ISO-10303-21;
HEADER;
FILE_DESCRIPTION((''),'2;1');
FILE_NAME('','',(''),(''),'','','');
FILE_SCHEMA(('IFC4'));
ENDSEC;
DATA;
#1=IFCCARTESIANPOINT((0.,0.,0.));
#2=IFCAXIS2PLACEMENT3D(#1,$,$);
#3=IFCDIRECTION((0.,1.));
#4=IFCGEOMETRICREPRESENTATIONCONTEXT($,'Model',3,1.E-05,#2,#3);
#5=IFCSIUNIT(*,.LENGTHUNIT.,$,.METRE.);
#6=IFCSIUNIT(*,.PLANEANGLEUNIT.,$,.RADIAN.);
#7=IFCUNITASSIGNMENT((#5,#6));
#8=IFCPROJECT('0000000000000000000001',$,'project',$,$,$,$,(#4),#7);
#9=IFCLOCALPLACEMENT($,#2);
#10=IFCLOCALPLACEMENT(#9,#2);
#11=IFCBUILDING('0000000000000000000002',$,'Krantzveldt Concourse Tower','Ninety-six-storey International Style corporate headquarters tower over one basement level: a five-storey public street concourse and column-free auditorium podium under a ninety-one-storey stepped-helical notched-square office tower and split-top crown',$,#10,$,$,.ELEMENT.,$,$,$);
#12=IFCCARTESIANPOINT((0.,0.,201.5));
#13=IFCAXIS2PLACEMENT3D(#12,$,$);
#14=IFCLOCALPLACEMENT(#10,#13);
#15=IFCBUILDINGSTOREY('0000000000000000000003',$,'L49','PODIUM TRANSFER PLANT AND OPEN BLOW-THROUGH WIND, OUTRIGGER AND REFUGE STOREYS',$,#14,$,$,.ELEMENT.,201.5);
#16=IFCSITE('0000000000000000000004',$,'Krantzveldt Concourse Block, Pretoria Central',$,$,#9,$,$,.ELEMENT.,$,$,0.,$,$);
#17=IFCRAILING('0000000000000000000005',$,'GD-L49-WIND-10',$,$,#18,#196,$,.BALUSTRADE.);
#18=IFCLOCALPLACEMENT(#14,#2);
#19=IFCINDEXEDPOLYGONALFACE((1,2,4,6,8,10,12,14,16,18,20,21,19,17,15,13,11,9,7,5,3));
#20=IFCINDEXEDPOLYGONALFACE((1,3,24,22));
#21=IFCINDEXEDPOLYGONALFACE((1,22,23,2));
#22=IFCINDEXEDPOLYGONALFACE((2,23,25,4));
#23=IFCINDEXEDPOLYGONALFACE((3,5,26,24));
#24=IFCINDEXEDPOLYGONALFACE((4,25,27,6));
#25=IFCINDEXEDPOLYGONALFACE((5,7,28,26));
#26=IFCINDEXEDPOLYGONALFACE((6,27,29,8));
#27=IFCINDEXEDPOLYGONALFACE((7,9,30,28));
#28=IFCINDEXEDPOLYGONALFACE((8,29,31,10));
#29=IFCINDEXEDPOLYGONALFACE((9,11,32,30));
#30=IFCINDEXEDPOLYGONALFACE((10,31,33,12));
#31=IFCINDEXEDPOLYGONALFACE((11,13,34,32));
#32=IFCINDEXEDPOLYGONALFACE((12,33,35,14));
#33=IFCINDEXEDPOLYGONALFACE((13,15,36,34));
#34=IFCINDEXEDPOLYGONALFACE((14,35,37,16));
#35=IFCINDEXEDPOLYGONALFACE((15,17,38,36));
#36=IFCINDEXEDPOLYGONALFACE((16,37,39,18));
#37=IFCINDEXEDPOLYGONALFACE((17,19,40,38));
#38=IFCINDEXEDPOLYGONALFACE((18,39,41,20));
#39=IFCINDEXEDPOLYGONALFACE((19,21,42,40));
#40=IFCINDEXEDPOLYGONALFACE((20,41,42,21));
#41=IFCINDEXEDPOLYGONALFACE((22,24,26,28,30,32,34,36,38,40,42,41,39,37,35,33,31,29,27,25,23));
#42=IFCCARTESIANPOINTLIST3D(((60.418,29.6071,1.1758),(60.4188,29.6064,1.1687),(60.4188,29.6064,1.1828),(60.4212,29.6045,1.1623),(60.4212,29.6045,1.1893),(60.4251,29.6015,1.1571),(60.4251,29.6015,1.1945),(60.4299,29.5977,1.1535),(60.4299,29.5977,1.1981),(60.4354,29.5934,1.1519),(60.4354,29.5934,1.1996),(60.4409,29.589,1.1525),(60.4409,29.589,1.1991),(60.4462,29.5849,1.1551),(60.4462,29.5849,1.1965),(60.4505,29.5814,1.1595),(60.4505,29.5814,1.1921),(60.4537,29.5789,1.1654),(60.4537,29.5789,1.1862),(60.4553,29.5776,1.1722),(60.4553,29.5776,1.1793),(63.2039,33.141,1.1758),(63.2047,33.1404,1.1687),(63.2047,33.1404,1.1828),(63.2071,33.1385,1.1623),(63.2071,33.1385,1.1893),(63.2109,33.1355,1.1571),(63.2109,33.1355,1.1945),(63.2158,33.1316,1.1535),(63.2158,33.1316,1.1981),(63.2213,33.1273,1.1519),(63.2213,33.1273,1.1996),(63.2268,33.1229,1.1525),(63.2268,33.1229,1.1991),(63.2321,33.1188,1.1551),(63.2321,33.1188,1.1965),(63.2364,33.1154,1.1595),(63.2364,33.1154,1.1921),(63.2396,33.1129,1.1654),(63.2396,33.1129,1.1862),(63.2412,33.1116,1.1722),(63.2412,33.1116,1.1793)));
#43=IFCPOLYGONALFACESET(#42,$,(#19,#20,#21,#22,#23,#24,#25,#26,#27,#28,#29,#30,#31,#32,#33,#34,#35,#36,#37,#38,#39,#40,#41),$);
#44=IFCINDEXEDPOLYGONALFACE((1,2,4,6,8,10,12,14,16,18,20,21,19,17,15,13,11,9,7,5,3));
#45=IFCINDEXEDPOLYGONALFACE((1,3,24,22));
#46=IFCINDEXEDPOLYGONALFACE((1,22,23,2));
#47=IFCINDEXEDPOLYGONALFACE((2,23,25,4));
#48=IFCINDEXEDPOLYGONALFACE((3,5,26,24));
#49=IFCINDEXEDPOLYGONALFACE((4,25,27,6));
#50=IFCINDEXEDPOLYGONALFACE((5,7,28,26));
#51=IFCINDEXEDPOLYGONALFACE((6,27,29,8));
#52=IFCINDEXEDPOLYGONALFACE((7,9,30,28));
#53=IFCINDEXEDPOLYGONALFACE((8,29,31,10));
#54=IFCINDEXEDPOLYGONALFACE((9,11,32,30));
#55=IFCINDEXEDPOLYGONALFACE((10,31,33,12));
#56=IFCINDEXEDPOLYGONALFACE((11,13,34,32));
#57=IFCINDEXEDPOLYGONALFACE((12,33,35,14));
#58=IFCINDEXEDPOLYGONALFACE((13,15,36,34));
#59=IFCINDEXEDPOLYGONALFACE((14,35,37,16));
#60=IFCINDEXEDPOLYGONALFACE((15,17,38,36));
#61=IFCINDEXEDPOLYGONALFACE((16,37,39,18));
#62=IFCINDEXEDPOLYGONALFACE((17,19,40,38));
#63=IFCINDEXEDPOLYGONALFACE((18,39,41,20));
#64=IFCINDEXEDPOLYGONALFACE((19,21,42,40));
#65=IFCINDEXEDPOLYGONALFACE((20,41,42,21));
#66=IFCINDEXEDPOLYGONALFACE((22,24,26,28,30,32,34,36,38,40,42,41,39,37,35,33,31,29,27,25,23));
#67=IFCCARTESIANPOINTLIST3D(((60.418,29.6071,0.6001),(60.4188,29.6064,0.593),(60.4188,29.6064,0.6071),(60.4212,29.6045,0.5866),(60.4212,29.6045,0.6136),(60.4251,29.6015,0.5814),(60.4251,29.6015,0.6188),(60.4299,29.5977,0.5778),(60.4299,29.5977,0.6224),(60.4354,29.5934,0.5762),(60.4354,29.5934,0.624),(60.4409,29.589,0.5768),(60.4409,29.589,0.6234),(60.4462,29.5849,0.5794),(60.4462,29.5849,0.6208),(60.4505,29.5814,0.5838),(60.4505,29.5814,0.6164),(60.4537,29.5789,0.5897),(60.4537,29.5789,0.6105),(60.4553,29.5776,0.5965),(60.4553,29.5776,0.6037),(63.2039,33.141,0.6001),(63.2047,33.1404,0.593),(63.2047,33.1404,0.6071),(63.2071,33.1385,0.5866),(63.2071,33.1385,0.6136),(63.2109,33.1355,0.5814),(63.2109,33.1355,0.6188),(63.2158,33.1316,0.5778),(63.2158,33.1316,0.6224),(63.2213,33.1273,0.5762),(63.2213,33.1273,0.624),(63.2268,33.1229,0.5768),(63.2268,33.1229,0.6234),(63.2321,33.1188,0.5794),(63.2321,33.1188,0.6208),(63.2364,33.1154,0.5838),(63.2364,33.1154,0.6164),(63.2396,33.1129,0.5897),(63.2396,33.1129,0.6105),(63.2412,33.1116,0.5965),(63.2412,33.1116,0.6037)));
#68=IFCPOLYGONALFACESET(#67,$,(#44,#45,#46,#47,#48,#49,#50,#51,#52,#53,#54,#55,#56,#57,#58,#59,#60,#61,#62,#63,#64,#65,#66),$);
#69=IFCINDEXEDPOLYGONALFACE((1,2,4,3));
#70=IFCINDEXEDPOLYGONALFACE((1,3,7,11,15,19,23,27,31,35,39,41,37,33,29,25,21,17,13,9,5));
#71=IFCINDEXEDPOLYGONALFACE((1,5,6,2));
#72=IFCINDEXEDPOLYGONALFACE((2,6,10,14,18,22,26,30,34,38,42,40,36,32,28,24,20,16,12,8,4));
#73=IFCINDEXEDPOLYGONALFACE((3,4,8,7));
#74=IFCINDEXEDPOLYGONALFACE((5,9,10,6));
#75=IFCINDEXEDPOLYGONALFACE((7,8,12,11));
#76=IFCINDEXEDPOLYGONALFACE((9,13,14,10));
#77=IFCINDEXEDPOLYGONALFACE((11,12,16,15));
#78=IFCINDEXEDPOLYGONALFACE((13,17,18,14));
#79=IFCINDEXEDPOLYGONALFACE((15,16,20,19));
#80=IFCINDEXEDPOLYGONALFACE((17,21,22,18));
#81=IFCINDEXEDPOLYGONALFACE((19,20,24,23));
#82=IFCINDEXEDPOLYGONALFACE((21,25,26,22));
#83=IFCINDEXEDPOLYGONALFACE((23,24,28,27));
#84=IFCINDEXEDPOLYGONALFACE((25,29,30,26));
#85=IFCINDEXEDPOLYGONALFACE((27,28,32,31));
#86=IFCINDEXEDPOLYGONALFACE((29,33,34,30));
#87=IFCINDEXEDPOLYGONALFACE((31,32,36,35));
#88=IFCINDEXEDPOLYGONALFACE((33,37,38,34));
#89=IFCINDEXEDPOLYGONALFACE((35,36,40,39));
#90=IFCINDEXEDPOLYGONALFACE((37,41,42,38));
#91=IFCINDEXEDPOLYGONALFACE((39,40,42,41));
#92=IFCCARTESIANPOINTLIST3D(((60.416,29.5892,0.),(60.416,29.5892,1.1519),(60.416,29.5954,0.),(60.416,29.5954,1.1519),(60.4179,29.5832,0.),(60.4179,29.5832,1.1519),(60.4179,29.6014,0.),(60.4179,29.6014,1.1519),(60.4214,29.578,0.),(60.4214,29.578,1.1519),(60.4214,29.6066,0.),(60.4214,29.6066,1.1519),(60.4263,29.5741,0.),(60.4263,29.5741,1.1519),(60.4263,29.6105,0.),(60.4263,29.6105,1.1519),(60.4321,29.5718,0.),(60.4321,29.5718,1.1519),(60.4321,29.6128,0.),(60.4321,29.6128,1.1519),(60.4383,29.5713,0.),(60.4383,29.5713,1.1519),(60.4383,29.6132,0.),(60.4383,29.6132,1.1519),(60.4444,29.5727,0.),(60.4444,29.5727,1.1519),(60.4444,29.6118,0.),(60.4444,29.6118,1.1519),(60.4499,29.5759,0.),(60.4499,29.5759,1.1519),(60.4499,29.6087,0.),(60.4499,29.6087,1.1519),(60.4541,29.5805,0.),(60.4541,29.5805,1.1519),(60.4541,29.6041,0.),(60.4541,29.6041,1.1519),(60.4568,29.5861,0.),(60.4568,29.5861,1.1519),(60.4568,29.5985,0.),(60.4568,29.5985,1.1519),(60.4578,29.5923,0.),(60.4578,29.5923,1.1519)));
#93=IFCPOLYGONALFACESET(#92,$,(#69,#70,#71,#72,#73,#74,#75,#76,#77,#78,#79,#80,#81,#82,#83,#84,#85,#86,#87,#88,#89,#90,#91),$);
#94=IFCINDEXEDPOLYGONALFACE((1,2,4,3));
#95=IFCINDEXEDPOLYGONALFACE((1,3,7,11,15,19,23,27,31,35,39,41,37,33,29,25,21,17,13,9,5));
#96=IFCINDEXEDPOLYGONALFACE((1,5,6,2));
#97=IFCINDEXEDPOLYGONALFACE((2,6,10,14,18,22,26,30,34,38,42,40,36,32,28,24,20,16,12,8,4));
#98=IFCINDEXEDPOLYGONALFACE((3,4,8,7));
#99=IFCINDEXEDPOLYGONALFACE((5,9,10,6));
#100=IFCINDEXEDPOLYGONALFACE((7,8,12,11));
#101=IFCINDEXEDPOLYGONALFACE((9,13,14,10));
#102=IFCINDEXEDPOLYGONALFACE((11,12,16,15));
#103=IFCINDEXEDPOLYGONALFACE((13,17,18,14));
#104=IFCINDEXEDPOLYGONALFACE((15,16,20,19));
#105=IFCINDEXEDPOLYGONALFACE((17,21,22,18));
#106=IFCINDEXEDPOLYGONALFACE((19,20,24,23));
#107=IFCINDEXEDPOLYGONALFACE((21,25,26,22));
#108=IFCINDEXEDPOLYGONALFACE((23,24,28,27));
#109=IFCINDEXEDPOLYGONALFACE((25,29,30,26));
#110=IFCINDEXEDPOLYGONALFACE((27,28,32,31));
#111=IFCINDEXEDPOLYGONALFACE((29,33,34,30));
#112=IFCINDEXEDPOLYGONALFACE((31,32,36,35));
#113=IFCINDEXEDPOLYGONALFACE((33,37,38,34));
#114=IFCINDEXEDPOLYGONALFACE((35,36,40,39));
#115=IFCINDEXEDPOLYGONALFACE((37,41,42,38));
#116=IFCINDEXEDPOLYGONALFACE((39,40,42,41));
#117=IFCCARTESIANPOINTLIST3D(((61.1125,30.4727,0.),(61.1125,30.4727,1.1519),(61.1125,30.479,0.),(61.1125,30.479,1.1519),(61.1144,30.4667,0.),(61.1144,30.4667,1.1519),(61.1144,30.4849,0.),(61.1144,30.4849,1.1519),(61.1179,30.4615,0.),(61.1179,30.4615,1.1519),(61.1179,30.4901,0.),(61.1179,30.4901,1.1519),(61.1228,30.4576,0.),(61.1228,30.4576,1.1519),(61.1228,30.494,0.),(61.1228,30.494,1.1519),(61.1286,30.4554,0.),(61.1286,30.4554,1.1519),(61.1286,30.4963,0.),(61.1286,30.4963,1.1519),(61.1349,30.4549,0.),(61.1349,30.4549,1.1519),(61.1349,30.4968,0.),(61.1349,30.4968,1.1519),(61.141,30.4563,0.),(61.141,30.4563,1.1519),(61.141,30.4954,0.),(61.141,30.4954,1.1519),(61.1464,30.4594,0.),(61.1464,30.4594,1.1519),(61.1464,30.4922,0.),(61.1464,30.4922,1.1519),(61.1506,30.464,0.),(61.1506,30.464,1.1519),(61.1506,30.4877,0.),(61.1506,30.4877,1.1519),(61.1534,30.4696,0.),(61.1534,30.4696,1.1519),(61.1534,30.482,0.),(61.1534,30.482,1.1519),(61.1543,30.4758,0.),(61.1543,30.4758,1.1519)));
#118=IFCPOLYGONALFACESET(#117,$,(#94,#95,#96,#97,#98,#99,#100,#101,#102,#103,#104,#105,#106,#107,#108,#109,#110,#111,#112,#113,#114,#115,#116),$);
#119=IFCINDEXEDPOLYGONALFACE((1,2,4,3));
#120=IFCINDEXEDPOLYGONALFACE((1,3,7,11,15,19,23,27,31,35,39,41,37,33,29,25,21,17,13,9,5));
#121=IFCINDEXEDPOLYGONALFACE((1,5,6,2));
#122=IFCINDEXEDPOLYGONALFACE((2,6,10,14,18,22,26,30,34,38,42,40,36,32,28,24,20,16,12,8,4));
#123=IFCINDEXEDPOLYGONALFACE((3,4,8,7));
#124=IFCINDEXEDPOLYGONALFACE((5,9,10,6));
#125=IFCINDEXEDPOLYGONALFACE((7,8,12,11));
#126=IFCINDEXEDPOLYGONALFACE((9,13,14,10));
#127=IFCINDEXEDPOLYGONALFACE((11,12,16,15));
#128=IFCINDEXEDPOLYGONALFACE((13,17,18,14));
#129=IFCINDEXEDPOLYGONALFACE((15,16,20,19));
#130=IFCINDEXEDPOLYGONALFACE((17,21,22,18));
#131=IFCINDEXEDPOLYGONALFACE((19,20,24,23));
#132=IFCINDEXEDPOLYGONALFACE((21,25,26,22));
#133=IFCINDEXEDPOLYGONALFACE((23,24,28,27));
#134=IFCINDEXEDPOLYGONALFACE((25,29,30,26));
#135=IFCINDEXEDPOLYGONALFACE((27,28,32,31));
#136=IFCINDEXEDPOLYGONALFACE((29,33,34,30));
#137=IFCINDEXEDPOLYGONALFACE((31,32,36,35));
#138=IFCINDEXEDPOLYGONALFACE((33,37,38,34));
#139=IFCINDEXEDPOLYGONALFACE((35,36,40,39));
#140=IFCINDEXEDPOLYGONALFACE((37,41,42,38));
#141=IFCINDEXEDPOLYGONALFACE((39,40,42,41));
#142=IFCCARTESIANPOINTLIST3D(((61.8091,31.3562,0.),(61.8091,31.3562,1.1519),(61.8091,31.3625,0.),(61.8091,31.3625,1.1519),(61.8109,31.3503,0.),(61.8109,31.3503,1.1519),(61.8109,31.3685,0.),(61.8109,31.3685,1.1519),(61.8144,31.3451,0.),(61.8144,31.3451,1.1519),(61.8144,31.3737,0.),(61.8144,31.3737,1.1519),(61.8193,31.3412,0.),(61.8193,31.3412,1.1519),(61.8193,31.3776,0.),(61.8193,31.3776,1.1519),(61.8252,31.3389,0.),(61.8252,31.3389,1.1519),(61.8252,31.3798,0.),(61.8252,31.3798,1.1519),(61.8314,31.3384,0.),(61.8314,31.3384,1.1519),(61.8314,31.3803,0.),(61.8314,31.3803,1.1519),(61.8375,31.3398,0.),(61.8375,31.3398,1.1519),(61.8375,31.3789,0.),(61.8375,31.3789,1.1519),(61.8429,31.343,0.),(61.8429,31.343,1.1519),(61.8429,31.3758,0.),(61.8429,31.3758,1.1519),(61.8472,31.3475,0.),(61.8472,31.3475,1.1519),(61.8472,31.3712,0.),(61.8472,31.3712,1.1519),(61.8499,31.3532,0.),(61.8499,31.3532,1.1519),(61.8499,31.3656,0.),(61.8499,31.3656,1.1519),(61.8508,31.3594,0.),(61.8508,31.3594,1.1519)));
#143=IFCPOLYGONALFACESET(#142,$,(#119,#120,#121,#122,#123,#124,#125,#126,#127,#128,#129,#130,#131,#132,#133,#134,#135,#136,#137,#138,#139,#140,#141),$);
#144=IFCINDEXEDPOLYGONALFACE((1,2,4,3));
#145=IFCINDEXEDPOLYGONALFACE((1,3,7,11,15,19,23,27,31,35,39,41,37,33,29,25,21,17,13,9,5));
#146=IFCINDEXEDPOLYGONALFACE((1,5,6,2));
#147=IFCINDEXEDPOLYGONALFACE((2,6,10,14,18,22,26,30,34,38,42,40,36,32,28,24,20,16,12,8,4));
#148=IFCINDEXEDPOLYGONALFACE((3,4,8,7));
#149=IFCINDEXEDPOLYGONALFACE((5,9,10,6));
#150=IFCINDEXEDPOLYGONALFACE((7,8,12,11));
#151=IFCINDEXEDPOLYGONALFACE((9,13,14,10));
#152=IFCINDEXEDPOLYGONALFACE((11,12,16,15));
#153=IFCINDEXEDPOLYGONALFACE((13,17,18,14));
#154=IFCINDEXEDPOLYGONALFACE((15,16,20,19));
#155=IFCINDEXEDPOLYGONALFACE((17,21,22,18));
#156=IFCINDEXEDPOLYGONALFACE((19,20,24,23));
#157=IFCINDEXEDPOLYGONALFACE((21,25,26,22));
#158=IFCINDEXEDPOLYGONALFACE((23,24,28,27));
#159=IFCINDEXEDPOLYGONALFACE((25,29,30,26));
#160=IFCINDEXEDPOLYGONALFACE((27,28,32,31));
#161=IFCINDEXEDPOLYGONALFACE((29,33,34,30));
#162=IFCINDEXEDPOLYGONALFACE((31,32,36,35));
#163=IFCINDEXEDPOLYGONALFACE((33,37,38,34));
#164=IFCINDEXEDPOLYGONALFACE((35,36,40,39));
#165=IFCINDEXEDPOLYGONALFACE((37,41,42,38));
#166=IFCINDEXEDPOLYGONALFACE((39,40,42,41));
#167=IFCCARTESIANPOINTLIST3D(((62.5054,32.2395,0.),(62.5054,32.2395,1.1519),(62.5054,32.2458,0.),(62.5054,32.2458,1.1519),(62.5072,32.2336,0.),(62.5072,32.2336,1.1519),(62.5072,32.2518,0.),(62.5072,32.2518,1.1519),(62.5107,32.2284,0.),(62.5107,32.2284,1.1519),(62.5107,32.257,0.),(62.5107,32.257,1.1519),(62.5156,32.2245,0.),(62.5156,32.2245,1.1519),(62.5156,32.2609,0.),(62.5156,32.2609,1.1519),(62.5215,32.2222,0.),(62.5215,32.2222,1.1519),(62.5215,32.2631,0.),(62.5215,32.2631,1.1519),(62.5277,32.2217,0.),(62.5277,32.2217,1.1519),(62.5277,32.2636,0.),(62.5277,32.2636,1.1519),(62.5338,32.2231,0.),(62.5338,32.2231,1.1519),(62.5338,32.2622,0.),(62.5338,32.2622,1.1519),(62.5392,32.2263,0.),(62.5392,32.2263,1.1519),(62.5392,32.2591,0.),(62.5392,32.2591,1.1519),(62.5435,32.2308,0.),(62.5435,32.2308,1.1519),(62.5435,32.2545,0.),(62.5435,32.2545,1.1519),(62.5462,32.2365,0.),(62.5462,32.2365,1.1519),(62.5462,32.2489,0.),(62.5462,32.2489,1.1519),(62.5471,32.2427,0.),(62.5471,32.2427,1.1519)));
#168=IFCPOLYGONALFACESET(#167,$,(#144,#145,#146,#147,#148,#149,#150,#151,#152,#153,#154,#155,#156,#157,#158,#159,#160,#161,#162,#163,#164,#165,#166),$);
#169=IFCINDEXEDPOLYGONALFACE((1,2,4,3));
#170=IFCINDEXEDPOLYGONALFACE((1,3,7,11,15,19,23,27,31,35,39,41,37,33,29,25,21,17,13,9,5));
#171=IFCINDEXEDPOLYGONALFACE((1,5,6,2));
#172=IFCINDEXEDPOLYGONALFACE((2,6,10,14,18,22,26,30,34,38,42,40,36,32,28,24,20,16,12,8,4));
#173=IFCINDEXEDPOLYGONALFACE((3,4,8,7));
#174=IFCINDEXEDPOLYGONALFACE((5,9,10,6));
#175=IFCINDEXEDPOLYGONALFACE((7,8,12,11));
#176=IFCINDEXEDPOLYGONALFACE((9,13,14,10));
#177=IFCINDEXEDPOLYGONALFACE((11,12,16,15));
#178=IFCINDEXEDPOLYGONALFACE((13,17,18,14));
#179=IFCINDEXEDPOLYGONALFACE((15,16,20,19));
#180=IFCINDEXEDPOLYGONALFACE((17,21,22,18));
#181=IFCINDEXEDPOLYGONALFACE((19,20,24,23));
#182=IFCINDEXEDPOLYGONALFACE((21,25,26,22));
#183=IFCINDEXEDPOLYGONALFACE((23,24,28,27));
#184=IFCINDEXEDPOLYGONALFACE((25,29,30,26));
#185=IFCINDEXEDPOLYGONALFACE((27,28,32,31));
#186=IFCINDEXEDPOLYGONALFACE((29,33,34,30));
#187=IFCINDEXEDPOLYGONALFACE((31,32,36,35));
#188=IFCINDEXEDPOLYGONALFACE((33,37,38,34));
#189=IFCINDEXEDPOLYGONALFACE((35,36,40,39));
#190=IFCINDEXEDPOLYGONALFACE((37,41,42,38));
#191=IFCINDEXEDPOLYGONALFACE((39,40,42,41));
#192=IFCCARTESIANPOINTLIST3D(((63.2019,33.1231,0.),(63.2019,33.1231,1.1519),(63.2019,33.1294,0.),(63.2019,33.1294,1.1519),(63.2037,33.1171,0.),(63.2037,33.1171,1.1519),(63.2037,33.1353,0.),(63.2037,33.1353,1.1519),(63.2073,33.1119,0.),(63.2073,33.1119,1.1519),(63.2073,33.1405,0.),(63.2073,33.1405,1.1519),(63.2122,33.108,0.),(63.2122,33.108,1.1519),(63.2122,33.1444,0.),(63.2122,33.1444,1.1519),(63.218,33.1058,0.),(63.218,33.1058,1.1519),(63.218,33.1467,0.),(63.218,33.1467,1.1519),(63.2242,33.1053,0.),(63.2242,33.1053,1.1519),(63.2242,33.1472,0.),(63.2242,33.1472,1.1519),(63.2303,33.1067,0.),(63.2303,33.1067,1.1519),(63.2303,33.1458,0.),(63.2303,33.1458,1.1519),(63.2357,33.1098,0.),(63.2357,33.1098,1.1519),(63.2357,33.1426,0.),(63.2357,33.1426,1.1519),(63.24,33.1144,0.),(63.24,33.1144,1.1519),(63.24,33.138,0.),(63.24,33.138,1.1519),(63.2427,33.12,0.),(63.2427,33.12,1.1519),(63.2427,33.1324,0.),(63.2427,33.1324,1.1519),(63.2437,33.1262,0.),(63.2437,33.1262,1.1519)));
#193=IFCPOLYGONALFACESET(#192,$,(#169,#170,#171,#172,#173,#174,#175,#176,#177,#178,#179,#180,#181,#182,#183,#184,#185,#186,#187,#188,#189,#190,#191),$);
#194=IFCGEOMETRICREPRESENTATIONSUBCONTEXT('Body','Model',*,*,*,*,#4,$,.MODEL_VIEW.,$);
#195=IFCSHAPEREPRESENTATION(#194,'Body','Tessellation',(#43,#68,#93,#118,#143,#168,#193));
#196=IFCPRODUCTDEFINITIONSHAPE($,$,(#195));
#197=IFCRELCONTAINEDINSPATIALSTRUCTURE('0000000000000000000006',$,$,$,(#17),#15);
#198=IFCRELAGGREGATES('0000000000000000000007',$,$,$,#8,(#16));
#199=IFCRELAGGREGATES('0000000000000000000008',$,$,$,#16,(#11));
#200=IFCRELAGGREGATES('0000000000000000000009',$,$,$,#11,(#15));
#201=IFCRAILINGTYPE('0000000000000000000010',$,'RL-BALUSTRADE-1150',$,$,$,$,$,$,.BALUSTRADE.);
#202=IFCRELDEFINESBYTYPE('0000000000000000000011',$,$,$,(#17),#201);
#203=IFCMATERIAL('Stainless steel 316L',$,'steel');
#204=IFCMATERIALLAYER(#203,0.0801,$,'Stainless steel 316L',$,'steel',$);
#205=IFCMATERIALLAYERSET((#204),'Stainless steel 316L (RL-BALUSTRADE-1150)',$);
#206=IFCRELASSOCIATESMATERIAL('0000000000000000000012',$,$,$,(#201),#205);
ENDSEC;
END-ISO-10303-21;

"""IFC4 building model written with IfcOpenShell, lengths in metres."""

from ifc_helpers import new_model, si_unit, direction, frame, origin, origin_2d, place, context, subcontext, project, spatial, circle, extrude, material, layer, layer_set, type_object, element, save


model = new_model("IFC4")

# Units and contexts
model_context = context("Model", 3, precision=1e-05, world=origin(), true_north=direction((0.0, 1.0)))
body_context = subcontext(model_context, "Body", "Model", "MODEL_VIEW")
ifc_project = project(units=[si_unit("LENGTHUNIT", "METRE"), si_unit("PLANEANGLEUNIT", "RADIAN")], contexts=[model_context])

# Site, building, storey
site_placement = place(None, origin())
site = spatial("IfcSite", under=ifc_project, at=site_placement, Name="Krantzveldt Concourse Block, Pretoria Central", CompositionType="ELEMENT", RefElevation=0.0)
building_placement = place(site_placement, origin())
building = spatial("IfcBuilding", under=site, at=building_placement, Name="Krantzveldt Concourse Tower", Description="Ninety-six-storey International Style corporate headquarters tower over one basement level: a five-storey public street concourse and column-free auditorium podium under a ninety-one-storey stepped-helical notched-square office tower and split-top crown", CompositionType="ELEMENT")
storey_placement = place(building_placement, frame((0.0, 0.0, 201.5)))
storey = spatial("IfcBuildingStorey", under=building, at=storey_placement, Name="L49", Description="PODIUM TRANSFER PLANT AND OPEN BLOW-THROUGH WIND, OUTRIGGER AND REFUGE STOREYS", CompositionType="ELEMENT", Elevation=201.5)

# Railing
ifc_material_1 = material(Name="Stainless steel 316L", Category="steel")
ifc_layer_1 = layer(ifc_material_1, 0.0801, Name="Stainless steel 316L", Category="steel")
ifc_layer_set_1 = layer_set([ifc_layer_1], Name="Stainless steel 316L (RL-BALUSTRADE-1150)")
railing_type = type_object("IfcRailingType", Name="RL-BALUSTRADE-1150", PredefinedType="BALUSTRADE", material=ifc_layer_set_1)
railing_1_placement = place(storey_placement, frame((60.4368, 29.5923, 0.0)))
element("IfcRailing", 1, at=railing_1_placement, inside=storey, type_object=railing_type, Name="GD-L49-WIND-10", PredefinedType="BALUSTRADE", context=body_context, shape_type="SweptSolid", body=[
    extrude(circle(Radius=0.0239, at=origin_2d()), frame((0.0, 0.0, 1.1758), z_axis=(0.619088, 0.785321, 0.0), x_axis=(-0.785321, 0.619088, 0.0)), (0.0, 0.0, 1.0), 4.5),
    extrude(circle(Radius=0.0239, at=origin_2d()), frame((0.0, 0.0, 0.6001), z_axis=(0.619088, 0.785321, 0.0), x_axis=(-0.785321, 0.619088, 0.0)), (0.0, 0.0, 1.0), 4.5),
    extrude(circle(Radius=0.021, at=origin_2d()), origin(), (0.0, 0.0, 1.0), 1.1519),
    extrude(circle(Radius=0.021, at=origin_2d()), frame((0.6965, 0.8835, 0.0)), (0.0, 0.0, 1.0), 1.1519),
    extrude(circle(Radius=0.021, at=origin_2d()), frame((1.3931, 1.7671, 0.0)), (0.0, 0.0, 1.0), 1.1519),
    extrude(circle(Radius=0.021, at=origin_2d()), frame((2.0894, 2.6504, 0.0)), (0.0, 0.0, 1.0), 1.1519),
    extrude(circle(Radius=0.021, at=origin_2d()), frame((2.7859, 3.5339, 0.0)), (0.0, 0.0, 1.0), 1.1519),
])

save(model, "model.ifc")
